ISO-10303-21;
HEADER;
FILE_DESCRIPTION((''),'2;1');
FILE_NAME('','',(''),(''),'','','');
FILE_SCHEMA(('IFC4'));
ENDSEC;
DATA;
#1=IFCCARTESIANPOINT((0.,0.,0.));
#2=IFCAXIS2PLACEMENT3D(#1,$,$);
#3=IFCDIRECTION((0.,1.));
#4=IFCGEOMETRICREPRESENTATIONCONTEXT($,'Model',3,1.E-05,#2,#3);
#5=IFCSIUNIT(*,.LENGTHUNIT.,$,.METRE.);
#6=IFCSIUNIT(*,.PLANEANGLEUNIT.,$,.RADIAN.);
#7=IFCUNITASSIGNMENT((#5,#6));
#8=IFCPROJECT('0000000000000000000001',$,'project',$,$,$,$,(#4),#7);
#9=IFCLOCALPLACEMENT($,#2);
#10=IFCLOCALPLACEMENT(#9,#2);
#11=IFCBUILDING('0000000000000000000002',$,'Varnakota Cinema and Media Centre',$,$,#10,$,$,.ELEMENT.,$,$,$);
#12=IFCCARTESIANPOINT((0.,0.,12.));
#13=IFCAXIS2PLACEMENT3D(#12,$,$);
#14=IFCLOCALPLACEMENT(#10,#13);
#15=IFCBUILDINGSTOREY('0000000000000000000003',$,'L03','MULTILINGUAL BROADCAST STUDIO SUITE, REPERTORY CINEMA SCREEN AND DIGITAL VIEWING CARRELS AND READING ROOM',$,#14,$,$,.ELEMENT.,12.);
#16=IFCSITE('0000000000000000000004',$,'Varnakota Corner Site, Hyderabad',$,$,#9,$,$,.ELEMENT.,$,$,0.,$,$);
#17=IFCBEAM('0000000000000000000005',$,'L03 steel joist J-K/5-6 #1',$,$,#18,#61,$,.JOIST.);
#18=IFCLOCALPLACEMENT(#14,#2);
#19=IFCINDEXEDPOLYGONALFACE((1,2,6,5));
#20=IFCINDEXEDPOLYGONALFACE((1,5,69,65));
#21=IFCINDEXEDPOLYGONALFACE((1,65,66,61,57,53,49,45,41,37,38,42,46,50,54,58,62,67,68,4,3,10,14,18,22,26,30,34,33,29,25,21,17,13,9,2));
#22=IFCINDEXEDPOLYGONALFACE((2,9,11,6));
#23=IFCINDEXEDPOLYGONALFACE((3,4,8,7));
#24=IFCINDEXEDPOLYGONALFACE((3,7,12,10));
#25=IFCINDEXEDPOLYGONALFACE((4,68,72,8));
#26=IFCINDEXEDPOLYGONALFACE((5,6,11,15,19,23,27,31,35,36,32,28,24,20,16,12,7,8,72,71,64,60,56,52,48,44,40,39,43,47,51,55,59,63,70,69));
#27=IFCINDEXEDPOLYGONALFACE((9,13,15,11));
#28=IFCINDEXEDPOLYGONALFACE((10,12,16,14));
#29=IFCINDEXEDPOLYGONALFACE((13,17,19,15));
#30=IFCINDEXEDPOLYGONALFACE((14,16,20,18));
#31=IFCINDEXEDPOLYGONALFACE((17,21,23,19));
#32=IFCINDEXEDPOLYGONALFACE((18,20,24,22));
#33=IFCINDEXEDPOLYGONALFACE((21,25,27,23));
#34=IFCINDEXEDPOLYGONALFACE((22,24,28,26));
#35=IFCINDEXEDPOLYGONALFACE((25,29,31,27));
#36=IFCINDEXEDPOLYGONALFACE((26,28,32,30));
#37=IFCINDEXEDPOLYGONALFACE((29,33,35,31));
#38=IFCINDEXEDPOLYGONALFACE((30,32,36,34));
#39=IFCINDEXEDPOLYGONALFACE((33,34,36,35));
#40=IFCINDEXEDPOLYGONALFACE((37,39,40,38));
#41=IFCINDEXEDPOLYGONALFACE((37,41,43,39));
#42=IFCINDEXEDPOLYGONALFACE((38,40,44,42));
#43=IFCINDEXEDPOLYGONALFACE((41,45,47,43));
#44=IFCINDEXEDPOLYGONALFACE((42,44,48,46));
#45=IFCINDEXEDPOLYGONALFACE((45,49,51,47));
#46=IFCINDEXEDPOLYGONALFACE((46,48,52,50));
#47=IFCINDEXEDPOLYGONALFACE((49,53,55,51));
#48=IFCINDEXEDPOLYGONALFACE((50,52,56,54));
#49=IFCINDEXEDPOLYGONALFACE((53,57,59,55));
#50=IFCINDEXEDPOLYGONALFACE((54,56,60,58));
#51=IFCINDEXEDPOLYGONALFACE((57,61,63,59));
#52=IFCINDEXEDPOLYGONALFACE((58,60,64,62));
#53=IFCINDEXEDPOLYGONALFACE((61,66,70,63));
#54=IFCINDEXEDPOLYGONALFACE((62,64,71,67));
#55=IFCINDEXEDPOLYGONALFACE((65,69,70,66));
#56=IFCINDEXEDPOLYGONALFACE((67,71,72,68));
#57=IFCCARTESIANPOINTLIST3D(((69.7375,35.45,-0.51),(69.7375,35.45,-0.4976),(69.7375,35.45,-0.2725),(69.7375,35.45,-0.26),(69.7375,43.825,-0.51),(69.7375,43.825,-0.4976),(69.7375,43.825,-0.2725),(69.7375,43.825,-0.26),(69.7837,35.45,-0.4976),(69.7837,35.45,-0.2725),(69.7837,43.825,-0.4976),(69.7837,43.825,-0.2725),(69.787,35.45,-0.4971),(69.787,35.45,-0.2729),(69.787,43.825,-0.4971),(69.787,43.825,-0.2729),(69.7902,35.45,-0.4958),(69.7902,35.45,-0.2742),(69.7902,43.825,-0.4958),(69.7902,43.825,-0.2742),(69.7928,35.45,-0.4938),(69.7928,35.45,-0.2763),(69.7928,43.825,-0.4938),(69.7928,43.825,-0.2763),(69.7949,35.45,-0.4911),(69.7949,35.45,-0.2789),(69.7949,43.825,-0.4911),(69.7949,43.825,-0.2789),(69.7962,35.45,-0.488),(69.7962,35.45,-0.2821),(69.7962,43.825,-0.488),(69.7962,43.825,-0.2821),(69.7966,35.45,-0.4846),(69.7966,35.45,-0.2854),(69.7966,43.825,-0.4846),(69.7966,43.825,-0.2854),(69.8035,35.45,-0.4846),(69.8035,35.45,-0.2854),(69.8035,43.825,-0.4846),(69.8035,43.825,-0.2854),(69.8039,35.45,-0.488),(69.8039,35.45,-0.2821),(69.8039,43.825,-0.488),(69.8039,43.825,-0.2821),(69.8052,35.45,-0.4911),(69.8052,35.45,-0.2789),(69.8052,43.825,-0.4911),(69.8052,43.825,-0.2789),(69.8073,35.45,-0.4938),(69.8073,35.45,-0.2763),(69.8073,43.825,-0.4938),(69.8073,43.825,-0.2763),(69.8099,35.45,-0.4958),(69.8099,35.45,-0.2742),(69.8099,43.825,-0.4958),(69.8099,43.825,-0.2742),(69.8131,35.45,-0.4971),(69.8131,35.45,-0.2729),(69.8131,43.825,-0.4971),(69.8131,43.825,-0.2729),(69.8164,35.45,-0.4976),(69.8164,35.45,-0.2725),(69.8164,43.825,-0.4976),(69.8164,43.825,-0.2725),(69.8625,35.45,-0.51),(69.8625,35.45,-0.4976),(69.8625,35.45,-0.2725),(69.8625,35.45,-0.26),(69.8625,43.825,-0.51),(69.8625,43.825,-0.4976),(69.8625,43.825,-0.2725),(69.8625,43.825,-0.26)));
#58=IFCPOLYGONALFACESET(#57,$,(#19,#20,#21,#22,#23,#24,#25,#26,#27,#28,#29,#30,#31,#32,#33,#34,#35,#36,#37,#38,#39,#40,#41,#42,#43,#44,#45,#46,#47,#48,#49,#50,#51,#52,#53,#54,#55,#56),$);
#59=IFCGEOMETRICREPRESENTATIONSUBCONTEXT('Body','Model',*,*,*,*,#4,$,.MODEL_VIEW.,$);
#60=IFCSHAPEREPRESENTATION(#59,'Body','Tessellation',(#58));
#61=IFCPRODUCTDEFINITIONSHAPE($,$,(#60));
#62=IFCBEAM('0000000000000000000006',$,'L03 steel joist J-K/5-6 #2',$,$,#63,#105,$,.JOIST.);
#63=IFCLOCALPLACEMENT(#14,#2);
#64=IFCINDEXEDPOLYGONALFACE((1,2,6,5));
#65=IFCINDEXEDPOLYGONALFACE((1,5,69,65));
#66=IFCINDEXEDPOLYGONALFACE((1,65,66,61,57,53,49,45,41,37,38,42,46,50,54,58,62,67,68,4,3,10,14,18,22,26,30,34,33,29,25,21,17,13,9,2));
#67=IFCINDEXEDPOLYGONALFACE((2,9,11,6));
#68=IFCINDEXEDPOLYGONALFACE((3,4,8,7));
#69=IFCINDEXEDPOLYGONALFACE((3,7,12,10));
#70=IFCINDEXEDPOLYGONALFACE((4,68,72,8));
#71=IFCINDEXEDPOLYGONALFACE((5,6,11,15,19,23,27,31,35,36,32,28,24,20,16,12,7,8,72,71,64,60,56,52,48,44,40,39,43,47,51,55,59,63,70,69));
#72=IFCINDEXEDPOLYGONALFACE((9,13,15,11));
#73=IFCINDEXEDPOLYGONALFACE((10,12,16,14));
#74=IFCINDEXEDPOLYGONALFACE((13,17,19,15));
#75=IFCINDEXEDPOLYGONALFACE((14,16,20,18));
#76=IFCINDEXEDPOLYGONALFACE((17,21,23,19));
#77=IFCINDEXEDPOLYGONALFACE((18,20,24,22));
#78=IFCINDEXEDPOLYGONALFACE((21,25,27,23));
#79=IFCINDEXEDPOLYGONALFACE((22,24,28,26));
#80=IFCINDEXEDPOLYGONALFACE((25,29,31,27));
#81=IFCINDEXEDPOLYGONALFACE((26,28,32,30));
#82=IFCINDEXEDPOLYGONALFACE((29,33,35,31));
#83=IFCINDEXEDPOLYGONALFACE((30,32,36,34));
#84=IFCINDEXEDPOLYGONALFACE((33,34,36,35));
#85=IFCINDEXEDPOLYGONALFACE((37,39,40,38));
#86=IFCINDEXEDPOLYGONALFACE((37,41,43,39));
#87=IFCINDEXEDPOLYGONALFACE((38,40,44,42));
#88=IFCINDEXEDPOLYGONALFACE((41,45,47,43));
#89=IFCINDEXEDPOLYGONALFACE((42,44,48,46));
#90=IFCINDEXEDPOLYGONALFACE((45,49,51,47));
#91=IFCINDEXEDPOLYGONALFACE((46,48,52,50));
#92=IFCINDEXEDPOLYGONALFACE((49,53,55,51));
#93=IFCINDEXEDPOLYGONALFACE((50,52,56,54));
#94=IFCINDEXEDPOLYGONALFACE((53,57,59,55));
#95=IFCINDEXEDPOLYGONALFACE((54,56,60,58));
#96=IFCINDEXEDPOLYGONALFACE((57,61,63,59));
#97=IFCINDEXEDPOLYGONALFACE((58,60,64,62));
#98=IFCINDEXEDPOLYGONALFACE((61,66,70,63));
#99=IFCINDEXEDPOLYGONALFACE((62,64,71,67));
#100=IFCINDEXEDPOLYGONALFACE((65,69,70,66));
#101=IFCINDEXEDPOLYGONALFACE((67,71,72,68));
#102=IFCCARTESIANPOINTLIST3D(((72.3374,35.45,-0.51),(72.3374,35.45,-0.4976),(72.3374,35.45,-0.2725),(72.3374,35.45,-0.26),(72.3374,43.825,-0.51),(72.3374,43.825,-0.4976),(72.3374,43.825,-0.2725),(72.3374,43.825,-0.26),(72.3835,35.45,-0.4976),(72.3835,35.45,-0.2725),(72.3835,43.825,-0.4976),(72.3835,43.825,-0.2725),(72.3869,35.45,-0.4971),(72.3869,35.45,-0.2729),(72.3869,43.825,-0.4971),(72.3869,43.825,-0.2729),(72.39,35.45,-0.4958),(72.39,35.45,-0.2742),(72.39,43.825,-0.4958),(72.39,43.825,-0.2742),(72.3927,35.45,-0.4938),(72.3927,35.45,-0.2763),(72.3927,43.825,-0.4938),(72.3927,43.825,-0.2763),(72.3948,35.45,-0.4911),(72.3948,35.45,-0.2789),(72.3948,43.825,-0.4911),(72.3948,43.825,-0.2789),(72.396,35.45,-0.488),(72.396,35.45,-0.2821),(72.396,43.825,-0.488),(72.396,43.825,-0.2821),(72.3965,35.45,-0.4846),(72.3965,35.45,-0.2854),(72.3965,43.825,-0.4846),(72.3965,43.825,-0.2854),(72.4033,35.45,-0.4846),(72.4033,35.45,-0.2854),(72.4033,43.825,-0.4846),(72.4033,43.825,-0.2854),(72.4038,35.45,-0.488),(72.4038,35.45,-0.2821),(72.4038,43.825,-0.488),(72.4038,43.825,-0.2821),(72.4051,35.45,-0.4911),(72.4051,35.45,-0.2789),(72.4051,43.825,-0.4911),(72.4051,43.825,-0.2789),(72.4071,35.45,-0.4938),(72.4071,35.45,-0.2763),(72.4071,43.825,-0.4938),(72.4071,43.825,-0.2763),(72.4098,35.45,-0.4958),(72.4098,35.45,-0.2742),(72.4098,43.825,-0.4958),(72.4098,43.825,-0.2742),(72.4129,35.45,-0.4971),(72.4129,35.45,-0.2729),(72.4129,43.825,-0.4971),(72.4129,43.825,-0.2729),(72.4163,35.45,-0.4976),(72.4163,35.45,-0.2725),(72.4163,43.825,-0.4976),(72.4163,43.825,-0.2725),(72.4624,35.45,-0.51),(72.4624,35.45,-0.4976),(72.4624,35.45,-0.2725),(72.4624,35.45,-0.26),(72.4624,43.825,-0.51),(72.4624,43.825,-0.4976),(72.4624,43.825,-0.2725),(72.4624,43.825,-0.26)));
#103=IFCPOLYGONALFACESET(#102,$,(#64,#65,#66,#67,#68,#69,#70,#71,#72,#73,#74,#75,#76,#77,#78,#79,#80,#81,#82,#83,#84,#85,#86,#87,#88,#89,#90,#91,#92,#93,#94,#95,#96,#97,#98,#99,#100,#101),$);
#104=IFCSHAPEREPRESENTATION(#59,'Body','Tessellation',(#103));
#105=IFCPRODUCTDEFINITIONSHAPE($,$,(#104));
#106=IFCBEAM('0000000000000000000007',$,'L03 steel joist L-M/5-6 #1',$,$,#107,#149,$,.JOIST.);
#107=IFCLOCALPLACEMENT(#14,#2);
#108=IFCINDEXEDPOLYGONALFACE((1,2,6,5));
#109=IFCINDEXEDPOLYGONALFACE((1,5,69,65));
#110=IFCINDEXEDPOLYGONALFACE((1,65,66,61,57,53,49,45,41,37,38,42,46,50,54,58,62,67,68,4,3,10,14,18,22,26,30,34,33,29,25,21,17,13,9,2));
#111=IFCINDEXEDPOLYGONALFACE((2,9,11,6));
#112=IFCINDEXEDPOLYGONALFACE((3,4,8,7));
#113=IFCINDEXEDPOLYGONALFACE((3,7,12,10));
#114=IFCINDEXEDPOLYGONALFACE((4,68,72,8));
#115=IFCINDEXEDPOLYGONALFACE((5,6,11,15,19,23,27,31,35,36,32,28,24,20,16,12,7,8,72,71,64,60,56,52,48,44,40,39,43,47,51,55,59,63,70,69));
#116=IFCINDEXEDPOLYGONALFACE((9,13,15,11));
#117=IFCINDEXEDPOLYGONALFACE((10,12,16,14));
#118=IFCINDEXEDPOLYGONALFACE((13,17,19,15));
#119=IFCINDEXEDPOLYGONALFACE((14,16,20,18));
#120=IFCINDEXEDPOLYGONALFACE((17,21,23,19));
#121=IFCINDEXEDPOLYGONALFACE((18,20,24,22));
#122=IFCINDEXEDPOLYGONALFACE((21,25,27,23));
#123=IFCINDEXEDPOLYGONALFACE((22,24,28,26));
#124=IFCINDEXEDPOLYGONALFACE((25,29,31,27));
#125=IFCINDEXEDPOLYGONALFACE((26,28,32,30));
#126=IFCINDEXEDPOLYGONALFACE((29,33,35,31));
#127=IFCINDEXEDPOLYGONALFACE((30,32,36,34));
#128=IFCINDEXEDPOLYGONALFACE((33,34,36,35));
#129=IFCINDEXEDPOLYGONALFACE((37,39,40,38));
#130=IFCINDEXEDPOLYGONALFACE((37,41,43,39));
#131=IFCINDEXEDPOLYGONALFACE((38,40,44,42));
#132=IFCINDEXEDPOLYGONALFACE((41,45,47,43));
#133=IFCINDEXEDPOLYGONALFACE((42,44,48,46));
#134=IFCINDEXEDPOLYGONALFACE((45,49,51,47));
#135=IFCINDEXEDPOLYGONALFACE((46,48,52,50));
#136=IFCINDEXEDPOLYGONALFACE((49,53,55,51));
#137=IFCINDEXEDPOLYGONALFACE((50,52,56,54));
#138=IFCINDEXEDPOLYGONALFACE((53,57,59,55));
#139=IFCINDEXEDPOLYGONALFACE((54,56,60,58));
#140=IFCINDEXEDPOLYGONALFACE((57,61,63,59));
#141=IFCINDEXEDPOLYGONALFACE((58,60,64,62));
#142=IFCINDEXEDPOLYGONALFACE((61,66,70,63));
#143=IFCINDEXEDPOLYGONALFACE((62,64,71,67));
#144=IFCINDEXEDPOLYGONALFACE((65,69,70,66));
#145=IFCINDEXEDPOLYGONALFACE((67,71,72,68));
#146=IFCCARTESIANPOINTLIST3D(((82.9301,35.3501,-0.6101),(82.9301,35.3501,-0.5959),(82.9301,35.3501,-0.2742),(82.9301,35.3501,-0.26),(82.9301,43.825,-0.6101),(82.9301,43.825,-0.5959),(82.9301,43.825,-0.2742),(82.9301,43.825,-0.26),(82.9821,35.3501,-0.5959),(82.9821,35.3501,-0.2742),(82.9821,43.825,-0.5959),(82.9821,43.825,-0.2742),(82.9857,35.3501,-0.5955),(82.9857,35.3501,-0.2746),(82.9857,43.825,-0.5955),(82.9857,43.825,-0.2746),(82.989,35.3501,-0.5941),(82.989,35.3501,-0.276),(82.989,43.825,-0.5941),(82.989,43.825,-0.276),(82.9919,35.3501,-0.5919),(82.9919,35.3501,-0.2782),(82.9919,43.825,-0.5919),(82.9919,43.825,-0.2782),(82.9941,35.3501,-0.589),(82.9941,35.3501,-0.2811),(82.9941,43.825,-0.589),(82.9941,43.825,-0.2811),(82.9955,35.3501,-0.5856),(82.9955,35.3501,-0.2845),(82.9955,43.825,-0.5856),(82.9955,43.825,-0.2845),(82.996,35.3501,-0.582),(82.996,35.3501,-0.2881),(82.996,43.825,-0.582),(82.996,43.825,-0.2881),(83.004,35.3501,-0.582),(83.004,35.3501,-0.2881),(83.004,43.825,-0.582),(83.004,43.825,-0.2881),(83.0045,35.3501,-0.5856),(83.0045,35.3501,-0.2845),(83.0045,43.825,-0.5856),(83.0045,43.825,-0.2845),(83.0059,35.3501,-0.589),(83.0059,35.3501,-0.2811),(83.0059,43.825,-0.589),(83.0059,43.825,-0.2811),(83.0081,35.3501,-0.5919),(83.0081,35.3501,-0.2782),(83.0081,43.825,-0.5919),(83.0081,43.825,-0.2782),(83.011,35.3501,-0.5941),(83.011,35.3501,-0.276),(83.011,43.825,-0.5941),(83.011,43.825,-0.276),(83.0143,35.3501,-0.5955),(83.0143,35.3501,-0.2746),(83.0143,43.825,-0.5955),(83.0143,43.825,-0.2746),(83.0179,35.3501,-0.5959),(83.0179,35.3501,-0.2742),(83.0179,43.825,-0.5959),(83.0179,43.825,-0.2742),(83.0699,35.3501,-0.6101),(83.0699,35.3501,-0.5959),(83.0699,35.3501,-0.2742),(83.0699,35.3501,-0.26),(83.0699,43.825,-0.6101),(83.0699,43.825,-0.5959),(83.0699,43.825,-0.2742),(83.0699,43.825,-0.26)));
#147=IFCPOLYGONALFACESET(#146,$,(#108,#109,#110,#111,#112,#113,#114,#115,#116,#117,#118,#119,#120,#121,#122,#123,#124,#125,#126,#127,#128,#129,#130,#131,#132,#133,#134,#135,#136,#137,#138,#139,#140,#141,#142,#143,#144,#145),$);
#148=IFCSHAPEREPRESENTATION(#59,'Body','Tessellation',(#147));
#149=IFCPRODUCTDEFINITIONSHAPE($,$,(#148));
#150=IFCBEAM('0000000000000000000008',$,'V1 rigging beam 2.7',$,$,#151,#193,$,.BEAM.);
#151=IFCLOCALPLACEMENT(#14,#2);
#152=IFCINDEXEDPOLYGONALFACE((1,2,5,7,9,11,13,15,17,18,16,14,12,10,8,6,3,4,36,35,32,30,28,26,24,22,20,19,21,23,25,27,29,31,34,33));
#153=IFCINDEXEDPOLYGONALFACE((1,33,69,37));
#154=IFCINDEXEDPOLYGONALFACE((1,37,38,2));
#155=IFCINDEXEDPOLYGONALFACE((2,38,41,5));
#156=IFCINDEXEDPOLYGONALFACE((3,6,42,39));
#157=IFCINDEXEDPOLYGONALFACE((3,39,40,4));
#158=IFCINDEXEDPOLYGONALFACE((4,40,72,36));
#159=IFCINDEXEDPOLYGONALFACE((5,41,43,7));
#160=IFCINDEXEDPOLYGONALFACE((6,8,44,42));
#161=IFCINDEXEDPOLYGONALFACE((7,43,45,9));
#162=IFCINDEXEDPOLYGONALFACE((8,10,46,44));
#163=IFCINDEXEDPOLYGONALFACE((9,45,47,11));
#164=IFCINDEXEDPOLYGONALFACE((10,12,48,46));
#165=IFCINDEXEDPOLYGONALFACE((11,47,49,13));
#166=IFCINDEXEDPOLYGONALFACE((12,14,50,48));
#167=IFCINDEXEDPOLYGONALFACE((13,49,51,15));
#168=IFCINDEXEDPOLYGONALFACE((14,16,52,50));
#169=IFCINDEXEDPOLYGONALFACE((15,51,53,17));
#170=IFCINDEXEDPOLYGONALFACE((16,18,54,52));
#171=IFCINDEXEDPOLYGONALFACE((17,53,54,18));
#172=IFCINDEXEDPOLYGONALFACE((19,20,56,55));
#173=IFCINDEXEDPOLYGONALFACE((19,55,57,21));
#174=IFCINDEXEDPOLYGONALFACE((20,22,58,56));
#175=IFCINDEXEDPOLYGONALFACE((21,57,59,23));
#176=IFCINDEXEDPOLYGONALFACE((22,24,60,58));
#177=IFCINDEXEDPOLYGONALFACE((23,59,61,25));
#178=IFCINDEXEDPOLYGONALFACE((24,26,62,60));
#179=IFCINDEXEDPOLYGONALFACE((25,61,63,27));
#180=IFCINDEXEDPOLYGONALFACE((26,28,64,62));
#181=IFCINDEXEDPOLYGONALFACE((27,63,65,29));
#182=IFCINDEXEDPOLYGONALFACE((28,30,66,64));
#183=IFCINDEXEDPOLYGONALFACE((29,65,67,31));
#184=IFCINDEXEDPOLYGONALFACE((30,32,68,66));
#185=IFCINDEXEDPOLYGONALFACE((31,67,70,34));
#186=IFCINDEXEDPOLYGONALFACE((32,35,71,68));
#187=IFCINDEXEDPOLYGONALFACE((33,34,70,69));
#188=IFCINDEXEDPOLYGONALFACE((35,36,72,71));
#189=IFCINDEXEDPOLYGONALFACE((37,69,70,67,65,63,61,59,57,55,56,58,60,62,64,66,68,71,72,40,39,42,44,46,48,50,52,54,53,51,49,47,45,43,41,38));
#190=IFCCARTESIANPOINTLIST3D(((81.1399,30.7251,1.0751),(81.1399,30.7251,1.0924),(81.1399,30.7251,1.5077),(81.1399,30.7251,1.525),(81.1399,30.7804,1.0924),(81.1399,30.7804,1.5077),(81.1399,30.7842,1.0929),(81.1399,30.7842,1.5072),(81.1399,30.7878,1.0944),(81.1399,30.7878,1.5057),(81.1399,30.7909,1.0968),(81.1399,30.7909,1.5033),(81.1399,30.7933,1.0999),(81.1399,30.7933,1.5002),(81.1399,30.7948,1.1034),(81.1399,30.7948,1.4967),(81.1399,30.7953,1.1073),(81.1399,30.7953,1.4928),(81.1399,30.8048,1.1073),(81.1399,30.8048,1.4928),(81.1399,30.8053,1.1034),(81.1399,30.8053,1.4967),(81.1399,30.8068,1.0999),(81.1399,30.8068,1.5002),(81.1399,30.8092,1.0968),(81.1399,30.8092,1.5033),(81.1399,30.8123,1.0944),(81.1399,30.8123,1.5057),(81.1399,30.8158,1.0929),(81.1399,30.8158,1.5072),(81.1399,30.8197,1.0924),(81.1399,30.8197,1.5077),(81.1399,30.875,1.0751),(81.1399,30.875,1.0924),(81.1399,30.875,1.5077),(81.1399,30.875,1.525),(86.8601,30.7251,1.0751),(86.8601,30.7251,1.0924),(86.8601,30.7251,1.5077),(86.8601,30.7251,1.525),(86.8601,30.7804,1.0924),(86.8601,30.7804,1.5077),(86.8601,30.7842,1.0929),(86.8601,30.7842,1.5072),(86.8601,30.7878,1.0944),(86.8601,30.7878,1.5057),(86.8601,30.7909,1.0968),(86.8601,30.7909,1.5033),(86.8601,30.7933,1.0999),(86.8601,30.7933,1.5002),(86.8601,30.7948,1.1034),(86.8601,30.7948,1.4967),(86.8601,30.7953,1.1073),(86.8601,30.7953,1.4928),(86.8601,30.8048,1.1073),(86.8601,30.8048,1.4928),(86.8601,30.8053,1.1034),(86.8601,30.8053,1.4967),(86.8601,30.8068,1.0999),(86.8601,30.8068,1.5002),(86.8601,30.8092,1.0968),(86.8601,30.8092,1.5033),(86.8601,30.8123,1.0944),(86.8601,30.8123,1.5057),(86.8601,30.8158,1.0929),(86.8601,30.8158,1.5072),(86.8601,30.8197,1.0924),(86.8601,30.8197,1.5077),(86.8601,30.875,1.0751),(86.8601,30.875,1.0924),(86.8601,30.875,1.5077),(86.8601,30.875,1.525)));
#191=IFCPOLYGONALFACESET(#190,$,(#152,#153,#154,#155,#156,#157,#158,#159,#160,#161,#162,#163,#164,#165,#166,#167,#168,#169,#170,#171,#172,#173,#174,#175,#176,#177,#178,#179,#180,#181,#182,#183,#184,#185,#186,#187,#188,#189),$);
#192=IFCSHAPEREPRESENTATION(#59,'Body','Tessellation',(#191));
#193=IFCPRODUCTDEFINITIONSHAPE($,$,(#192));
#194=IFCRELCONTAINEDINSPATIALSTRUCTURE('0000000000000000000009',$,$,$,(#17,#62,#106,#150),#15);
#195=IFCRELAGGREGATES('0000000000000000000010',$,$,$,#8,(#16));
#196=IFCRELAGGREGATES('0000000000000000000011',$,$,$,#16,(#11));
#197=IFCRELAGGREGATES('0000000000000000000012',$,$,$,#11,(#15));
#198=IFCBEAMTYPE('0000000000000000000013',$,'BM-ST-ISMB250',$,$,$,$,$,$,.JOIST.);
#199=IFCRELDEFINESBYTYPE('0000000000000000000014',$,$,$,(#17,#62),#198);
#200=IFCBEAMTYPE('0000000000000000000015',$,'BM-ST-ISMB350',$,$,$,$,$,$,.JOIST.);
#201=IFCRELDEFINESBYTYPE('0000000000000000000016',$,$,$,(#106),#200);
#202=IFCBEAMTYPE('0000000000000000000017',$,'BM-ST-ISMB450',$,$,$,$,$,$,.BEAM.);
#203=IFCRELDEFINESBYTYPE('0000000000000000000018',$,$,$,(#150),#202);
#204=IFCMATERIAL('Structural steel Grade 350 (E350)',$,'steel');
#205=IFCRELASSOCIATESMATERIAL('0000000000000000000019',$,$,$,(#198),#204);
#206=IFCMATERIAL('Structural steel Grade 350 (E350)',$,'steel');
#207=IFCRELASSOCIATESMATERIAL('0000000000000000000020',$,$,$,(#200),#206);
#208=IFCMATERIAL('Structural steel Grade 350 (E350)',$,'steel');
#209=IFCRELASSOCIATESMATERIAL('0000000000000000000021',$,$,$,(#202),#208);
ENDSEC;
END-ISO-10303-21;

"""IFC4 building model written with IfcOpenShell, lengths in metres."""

from ifc_helpers import new_model, si_unit, direction, frame, origin, origin_2d, place, context, subcontext, project, spatial, i_section, extrude, material, material_profile, profile_set, type_object, element, save


model = new_model("IFC4")

# Units and contexts
model_context = context("Model", 3, precision=1e-05, world=origin(), true_north=direction((0.0, 1.0)))
body_context = subcontext(model_context, "Body", "Model", "MODEL_VIEW")
ifc_project = project(units=[si_unit("LENGTHUNIT", "METRE"), si_unit("PLANEANGLEUNIT", "RADIAN")], contexts=[model_context])

# Site, building, storey
site_placement = place(None, origin())
site = spatial("IfcSite", under=ifc_project, at=site_placement, Name="Varnakota Corner Site, Hyderabad", CompositionType="ELEMENT", RefElevation=0.0)
building_placement = place(site_placement, origin())
building = spatial("IfcBuilding", under=site, at=building_placement, Name="Varnakota Cinema and Media Centre", CompositionType="ELEMENT")
storey_placement = place(building_placement, frame((0.0, 0.0, 12.0)))
storey = spatial("IfcBuildingStorey", under=building, at=storey_placement, Name="L03", Description="MULTILINGUAL BROADCAST STUDIO SUITE, REPERTORY CINEMA SCREEN AND DIGITAL VIEWING CARRELS AND READING ROOM", CompositionType="ELEMENT", Elevation=12.0)

# Beams
ifc_material_1 = material(Name="Structural steel Grade 350 (E350)", Category="steel")
ifc_material_profile_1 = material_profile(ifc_material_1, i_section(OverallWidth=0.125, OverallDepth=0.25, WebThickness=0.0068, FlangeThickness=0.0125, FilletRadius=0.0129, at=origin_2d()), Name="ISMB 250")
ifc_profile_set_1 = profile_set([ifc_material_profile_1], Name="Structural steel Grade 350 (E350)")
beam_type_1 = type_object("IfcBeamType", Name="BM-ST-ISMB250", PredefinedType="JOIST", material=ifc_profile_set_1)
for number, where, z_axis, x_axis, name in (
    (1, (69.8, 35.45, -0.385), (0.0, 1.0, 0.0), (-1.0, 0.0, 0.0), "L03 steel joist J-K/5-6 #1"),
    (2, (72.3999, 35.45, -0.385), (0.0, 1.0, 0.0), (-1.0, 0.0, 0.0), "L03 steel joist J-K/5-6 #2"),
):
    element("IfcBeam", number, at=place(storey_placement, frame(where, z_axis=z_axis, x_axis=x_axis)), inside=storey, type_object=beam_type_1, Name=name, PredefinedType="JOIST", context=body_context, shape_type="SweptSolid", body=[
        extrude(i_section(OverallWidth=0.125, OverallDepth=0.25, WebThickness=0.0068, FlangeThickness=0.0125, FilletRadius=0.0129, at=origin_2d()), origin(), (0.0, 0.0, 1.0), 8.375),
    ])
ifc_material_2 = material(Name="Structural steel Grade 350 (E350)", Category="steel")
ifc_material_profile_2 = material_profile(ifc_material_2, i_section(OverallWidth=0.1399, OverallDepth=0.3501, WebThickness=0.0081, FlangeThickness=0.0142, FilletRadius=0.0139, at=origin_2d()), Name="ISMB 350")
ifc_profile_set_2 = profile_set([ifc_material_profile_2], Name="Structural steel Grade 350 (E350)")
beam_type_2 = type_object("IfcBeamType", Name="BM-ST-ISMB350", PredefinedType="JOIST", material=ifc_profile_set_2)
beam_1_placement = place(storey_placement, frame((83.0, 35.3501, -0.4351), z_axis=(0.0, 1.0, 0.0), x_axis=(-1.0, 0.0, 0.0)))
element("IfcBeam", 3, at=beam_1_placement, inside=storey, type_object=beam_type_2, Name="L03 steel joist L-M/5-6 #1", PredefinedType="JOIST", context=body_context, shape_type="SweptSolid", body=[
    extrude(i_section(OverallWidth=0.1399, OverallDepth=0.3501, WebThickness=0.0081, FlangeThickness=0.0142, FilletRadius=0.0139, at=origin_2d()), origin(), (0.0, 0.0, 1.0), 8.4749),
])
ifc_material_3 = material(Name="Structural steel Grade 350 (E350)", Category="steel")
ifc_material_profile_3 = material_profile(ifc_material_3, i_section(OverallWidth=0.1499, OverallDepth=0.45, WebThickness=0.0095, FlangeThickness=0.0173, FilletRadius=0.0149, at=origin_2d()), Name="ISMB 450")
ifc_profile_set_3 = profile_set([ifc_material_profile_3], Name="Structural steel Grade 350 (E350)")
beam_type_3 = type_object("IfcBeamType", Name="BM-ST-ISMB450", PredefinedType="BEAM", material=ifc_profile_set_3)
beam_2_placement = place(storey_placement, frame((81.1399, 30.8, 1.3), z_axis=(1.0, 0.0, 0.0), x_axis=(0.0, 1.0, 0.0)))
element("IfcBeam", 4, at=beam_2_placement, inside=storey, type_object=beam_type_3, Name="V1 rigging beam 2.7", PredefinedType="BEAM", context=body_context, shape_type="SweptSolid", body=[
    extrude(i_section(OverallWidth=0.1499, OverallDepth=0.45, WebThickness=0.0095, FlangeThickness=0.0173, FilletRadius=0.0149, at=origin_2d()), origin(), (0.0, 0.0, 1.0), 5.7202),
])

save(model, "model.ifc")
